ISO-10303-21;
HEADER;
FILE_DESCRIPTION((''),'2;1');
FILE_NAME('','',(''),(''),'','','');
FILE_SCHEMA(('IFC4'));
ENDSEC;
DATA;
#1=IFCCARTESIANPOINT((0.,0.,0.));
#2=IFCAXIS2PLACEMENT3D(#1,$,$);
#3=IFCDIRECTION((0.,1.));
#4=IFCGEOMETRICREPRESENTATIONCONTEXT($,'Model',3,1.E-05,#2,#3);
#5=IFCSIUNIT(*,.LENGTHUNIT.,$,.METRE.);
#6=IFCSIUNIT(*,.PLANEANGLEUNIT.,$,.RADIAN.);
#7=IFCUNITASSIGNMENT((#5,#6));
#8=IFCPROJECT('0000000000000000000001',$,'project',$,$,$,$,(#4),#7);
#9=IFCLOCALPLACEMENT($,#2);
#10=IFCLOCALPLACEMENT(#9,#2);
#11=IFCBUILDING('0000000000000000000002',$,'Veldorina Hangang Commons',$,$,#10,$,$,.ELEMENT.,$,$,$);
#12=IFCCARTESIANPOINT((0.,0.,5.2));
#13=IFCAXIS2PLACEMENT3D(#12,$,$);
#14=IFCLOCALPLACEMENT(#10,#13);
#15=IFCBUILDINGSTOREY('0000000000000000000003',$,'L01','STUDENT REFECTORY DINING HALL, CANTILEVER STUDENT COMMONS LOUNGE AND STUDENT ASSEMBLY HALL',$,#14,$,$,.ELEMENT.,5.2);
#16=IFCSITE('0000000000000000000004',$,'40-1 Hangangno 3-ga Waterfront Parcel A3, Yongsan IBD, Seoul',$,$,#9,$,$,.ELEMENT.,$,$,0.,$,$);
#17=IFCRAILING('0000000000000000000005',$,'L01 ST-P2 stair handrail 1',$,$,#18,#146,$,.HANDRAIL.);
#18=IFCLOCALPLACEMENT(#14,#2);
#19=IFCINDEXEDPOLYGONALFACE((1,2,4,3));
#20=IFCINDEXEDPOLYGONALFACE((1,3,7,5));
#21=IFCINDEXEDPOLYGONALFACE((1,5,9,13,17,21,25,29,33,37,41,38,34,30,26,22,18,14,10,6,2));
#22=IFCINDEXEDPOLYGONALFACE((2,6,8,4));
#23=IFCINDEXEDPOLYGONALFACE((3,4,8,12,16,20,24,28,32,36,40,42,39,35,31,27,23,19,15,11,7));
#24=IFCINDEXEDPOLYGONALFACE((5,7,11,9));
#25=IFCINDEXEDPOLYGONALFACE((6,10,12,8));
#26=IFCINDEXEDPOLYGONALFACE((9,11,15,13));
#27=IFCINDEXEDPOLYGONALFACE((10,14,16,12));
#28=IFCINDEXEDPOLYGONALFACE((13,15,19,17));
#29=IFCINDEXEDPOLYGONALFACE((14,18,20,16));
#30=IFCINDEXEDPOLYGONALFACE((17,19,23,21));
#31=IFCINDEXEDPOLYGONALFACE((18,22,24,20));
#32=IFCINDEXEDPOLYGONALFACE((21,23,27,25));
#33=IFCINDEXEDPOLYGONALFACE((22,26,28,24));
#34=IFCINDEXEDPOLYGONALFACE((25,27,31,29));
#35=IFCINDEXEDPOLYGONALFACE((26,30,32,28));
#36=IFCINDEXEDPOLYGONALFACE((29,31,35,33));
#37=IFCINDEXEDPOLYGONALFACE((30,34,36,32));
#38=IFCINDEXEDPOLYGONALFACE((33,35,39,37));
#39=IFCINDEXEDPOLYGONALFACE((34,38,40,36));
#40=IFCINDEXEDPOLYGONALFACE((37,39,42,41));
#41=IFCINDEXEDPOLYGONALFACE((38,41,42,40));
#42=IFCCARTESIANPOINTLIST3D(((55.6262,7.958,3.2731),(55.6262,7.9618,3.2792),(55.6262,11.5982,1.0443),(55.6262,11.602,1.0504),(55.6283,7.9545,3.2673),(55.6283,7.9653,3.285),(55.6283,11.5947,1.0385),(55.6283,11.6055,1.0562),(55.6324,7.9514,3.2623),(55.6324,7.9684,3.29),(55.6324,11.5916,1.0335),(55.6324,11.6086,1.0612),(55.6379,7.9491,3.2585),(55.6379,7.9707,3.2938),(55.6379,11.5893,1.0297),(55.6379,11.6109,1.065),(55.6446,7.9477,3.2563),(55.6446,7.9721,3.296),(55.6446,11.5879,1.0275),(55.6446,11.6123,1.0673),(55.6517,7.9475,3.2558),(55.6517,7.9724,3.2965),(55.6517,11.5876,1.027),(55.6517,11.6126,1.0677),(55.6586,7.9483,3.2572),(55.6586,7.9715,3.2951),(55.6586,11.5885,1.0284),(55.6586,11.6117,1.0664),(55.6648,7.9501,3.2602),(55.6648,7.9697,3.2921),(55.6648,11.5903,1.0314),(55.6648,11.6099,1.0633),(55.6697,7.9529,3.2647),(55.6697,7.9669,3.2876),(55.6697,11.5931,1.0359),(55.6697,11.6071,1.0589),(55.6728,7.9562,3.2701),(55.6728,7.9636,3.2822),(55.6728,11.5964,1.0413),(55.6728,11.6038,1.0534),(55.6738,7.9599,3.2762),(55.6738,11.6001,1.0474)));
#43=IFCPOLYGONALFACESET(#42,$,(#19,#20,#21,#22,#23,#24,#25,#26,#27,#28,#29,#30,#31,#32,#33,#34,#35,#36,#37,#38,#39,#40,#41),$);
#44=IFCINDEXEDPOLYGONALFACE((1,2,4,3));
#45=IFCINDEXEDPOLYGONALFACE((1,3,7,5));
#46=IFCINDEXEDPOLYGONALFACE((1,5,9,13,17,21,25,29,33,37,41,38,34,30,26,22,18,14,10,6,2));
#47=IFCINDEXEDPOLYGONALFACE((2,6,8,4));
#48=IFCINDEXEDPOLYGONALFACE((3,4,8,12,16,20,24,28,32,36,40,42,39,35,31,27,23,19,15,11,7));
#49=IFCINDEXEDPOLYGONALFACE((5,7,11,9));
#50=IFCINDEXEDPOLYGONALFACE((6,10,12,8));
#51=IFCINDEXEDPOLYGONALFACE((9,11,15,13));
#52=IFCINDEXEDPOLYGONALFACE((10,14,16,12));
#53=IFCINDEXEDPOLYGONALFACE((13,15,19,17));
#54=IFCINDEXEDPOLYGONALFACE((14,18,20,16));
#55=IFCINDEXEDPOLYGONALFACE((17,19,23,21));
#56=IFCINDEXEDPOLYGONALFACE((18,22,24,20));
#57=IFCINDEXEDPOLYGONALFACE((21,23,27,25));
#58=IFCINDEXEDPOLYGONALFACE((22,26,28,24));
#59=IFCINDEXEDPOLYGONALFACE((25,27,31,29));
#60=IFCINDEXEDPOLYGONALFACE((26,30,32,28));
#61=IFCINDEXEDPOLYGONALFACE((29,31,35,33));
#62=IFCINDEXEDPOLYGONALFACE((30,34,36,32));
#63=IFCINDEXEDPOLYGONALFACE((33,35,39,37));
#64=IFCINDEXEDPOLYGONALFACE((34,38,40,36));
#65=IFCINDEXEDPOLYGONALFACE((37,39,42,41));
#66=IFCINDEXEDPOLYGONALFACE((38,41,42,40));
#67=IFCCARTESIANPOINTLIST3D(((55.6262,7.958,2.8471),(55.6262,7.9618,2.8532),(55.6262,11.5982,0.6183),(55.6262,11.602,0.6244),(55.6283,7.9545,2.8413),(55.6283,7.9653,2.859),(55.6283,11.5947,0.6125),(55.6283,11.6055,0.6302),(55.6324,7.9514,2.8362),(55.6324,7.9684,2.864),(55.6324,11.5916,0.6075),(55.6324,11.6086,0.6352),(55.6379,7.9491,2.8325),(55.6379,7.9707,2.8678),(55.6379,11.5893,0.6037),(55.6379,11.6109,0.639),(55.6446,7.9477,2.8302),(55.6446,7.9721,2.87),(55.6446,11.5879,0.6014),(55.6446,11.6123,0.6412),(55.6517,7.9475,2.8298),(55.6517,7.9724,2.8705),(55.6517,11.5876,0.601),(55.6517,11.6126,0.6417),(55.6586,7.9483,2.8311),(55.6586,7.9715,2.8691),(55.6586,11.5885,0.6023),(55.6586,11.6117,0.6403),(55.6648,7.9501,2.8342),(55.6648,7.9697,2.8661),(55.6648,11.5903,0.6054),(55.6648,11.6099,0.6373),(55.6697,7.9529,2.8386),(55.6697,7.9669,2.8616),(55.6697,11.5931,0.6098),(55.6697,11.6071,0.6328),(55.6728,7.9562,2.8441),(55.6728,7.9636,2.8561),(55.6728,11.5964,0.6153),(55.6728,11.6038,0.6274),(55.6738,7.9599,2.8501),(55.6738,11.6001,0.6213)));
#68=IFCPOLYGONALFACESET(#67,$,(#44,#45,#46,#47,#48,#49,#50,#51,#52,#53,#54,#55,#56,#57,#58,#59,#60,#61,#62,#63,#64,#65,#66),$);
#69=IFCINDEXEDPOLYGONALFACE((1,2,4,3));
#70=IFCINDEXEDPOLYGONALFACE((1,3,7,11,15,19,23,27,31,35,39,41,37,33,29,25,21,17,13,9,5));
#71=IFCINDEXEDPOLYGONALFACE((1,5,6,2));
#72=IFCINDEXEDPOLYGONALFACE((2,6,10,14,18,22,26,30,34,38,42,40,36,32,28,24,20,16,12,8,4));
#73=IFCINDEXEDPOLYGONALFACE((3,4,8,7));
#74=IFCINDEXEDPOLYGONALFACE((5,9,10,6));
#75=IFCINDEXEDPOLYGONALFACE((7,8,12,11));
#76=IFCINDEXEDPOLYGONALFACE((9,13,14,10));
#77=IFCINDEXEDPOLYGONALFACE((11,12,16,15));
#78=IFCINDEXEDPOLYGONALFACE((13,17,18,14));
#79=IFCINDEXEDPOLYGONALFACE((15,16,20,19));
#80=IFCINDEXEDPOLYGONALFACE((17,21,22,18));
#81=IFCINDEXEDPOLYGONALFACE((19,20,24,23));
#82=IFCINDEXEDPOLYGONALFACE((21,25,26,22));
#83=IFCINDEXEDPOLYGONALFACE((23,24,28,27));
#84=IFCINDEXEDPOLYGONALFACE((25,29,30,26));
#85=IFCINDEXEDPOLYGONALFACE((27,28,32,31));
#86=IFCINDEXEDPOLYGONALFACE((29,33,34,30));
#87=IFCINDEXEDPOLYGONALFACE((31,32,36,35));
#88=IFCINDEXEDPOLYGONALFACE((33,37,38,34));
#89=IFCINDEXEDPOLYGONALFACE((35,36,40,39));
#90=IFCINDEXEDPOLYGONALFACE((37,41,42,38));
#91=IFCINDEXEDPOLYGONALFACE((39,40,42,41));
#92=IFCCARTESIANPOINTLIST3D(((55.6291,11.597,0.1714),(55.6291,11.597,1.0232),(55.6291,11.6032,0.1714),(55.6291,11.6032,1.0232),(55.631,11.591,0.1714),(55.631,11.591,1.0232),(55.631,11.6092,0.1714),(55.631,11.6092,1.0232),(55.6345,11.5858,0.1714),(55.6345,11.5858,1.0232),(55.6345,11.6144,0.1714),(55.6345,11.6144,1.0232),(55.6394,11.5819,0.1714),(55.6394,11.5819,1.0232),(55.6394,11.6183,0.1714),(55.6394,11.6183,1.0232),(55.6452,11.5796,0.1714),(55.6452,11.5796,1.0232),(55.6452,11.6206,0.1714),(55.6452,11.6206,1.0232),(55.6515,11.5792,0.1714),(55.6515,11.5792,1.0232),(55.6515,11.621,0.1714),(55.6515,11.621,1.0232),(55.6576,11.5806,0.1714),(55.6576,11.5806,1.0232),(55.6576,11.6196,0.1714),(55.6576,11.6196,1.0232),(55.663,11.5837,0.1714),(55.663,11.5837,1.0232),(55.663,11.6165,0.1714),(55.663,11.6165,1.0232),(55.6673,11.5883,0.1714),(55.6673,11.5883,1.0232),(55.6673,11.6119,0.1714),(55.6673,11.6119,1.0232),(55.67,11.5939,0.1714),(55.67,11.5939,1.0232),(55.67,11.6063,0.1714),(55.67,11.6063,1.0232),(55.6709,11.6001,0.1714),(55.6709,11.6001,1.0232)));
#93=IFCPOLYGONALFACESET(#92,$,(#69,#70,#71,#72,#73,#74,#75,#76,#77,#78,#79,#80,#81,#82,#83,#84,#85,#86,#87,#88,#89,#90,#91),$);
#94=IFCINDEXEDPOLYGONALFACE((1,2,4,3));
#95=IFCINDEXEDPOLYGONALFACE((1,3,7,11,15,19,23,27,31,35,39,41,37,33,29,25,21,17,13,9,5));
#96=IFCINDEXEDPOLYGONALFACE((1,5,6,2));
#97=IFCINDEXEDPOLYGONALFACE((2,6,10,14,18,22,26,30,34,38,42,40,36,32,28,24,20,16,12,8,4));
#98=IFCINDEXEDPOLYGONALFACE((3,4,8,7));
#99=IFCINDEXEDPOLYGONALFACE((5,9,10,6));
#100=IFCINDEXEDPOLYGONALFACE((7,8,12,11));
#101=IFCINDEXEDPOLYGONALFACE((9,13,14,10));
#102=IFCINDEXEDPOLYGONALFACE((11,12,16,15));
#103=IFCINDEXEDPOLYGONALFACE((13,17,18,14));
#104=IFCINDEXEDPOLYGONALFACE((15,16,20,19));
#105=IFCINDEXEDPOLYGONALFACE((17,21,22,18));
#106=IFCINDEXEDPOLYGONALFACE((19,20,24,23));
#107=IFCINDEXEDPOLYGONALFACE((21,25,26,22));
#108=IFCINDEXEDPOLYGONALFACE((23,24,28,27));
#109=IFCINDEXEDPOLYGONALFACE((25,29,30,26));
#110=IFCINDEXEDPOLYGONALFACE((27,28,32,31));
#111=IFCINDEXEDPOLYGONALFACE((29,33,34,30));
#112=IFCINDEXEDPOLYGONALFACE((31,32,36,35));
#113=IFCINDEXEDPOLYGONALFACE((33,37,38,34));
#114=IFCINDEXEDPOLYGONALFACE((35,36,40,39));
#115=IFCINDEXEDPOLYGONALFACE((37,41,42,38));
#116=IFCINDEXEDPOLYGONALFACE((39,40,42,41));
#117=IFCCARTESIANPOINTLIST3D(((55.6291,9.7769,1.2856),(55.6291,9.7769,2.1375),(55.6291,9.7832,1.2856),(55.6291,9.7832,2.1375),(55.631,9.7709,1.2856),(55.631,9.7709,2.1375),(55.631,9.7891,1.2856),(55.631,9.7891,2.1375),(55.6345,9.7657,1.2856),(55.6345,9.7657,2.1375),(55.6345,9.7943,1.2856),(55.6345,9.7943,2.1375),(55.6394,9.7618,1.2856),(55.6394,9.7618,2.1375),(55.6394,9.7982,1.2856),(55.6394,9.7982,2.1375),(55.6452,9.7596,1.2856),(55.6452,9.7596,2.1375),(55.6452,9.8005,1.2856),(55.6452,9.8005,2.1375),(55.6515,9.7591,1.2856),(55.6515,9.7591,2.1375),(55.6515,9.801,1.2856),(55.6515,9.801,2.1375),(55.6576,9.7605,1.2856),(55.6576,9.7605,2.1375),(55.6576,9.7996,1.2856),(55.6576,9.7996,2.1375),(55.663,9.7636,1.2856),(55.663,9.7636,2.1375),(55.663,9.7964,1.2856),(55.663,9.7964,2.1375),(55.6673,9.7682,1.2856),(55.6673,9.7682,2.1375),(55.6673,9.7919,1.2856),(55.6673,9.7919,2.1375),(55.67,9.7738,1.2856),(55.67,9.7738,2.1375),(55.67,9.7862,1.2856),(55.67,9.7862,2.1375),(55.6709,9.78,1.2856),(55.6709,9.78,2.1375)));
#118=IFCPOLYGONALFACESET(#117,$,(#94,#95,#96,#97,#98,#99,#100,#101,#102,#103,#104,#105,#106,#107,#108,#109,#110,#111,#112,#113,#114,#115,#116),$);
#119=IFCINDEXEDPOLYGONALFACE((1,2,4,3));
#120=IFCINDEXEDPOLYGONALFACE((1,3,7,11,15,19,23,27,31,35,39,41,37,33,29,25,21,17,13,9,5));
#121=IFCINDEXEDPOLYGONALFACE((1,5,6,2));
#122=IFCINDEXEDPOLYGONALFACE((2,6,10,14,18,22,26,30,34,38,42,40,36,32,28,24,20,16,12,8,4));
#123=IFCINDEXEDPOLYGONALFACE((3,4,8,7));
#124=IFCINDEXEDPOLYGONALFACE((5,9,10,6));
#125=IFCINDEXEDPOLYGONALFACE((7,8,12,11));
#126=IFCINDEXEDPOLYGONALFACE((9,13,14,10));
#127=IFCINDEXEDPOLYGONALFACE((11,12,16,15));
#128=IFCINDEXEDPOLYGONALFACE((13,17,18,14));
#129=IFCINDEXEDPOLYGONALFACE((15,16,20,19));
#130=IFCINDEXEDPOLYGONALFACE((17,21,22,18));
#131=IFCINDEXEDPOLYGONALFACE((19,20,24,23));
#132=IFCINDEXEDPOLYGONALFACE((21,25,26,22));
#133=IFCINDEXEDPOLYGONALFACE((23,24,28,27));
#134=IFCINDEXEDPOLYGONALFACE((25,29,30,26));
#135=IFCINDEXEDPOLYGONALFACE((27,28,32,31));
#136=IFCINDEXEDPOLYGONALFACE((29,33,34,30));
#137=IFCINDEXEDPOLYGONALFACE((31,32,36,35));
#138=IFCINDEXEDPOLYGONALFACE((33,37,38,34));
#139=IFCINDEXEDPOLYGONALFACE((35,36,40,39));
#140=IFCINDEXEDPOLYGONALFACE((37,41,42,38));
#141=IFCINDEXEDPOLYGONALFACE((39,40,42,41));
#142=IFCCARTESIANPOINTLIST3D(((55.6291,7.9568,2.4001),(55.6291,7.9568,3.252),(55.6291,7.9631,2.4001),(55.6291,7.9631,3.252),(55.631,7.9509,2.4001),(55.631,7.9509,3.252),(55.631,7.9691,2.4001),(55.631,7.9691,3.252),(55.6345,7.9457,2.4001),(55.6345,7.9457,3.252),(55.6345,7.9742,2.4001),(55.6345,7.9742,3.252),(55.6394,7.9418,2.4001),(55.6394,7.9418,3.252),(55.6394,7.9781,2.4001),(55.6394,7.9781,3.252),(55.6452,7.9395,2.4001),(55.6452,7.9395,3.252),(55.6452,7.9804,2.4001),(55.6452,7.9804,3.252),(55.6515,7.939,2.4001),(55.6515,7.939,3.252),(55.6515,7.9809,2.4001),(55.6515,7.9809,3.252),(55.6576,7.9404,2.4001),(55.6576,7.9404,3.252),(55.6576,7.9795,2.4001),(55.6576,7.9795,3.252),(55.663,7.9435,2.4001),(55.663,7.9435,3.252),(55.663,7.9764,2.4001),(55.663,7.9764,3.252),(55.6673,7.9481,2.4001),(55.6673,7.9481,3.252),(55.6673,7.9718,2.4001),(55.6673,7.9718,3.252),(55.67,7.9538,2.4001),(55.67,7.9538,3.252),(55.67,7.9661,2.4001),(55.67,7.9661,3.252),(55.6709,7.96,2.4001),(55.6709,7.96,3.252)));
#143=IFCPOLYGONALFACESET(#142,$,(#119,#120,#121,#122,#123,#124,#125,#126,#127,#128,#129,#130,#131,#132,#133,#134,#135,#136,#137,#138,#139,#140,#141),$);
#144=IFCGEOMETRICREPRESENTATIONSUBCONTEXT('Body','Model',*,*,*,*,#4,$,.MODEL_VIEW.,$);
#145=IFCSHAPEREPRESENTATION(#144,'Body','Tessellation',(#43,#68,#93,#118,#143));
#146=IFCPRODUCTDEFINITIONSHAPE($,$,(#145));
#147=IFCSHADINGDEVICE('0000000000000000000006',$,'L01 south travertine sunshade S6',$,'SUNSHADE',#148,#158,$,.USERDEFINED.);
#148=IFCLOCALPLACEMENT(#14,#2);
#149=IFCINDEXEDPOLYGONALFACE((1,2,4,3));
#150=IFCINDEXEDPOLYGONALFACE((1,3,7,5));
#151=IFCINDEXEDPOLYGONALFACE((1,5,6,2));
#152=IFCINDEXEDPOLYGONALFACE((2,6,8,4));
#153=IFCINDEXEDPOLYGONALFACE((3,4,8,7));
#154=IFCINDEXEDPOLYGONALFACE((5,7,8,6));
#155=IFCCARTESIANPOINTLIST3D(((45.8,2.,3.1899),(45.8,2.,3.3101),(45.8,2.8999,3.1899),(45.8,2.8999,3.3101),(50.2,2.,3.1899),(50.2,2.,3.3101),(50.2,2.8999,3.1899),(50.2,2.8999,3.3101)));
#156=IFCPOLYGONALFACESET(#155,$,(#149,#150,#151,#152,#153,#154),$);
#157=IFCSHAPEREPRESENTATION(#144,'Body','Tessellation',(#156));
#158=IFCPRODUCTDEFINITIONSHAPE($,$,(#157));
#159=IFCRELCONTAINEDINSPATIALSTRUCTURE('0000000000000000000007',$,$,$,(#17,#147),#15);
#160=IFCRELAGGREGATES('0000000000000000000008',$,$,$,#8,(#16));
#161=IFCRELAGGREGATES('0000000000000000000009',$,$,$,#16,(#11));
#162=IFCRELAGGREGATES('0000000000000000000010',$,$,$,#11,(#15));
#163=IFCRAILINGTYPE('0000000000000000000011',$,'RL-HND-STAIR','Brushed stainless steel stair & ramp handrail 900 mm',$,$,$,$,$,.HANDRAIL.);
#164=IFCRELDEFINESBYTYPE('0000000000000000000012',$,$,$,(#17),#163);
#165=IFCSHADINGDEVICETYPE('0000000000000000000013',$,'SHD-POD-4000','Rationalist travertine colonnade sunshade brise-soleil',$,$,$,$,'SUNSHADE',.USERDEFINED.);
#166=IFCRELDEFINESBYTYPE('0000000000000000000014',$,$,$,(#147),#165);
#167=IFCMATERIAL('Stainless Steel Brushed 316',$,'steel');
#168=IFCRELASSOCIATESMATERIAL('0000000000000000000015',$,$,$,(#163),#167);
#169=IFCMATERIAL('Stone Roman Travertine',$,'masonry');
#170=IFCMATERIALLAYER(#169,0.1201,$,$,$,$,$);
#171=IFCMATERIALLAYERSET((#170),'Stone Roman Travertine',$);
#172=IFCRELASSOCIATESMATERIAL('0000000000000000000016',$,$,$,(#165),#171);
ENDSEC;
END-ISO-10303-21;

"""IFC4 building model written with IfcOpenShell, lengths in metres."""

from ifc_helpers import new_model, si_unit, direction, frame, origin, origin_2d, place, context, subcontext, project, spatial, rectangle, circle, extrude, material, layer, layer_set, type_object, element, save


model = new_model("IFC4")

# Units and contexts
model_context = context("Model", 3, precision=1e-05, world=origin(), true_north=direction((0.0, 1.0)))
body_context = subcontext(model_context, "Body", "Model", "MODEL_VIEW")
ifc_project = project(units=[si_unit("LENGTHUNIT", "METRE"), si_unit("PLANEANGLEUNIT", "RADIAN")], contexts=[model_context])

# Site, building, storey
site_placement = place(None, origin())
site = spatial("IfcSite", under=ifc_project, at=site_placement, Name="40-1 Hangangno 3-ga Waterfront Parcel A3, Yongsan IBD, Seoul", CompositionType="ELEMENT", RefElevation=0.0)
building_placement = place(site_placement, origin())
building = spatial("IfcBuilding", under=site, at=building_placement, Name="Veldorina Hangang Commons", CompositionType="ELEMENT")
storey_placement = place(building_placement, frame((0.0, 0.0, 5.2)))
storey = spatial("IfcBuildingStorey", under=building, at=storey_placement, Name="L01", Description="STUDENT REFECTORY DINING HALL, CANTILEVER STUDENT COMMONS LOUNGE AND STUDENT ASSEMBLY HALL", CompositionType="ELEMENT", Elevation=5.2)

# Shared definitions
ifc_material_1 = material(Name="Stone Roman Travertine", Category="masonry")

# Railing
ifc_material_2 = material(Name="Stainless Steel Brushed 316", Category="steel")
railing_type = type_object("IfcRailingType", Name="RL-HND-STAIR", Description="Brushed stainless steel stair & ramp handrail 900 mm", PredefinedType="HANDRAIL", material=ifc_material_2)
railing_placement = place(storey_placement, frame((55.6499, 11.6001, 0.1714)))
element("IfcRailing", 1, at=railing_placement, inside=storey, type_object=railing_type, Name="L01 ST-P2 stair handrail 1", PredefinedType="HANDRAIL", context=body_context, shape_type="SweptSolid", body=[
    extrude(circle(Radius=0.0239, at=origin_2d()), frame((0.0, 0.0, 0.876), z_axis=(0.0, -0.85284, 0.522172), x_axis=(1.0, 0.0, 0.0)), (0.0, 0.0, 1.0), 4.2683),
    extrude(circle(Radius=0.0239, at=origin_2d()), frame((0.0, 0.0, 0.45), z_axis=(0.0, -0.85284, 0.522172), x_axis=(1.0, 0.0, 0.0)), (0.0, 0.0, 1.0), 4.2683),
    extrude(circle(Radius=0.021, at=origin_2d()), origin(), (0.0, 0.0, 1.0), 0.8518),
    extrude(circle(Radius=0.021, at=origin_2d()), frame((0.0, -1.8201, 1.1143)), (0.0, 0.0, 1.0), 0.8518),
    extrude(circle(Radius=0.021, at=origin_2d()), frame((0.0, -3.6401, 2.2288)), (0.0, 0.0, 1.0), 0.8518),
])

# Shading device
ifc_layer_1 = layer(ifc_material_1, 0.1201)
ifc_layer_set_1 = layer_set([ifc_layer_1], Name="Stone Roman Travertine")
shading_device_type = type_object("IfcShadingDeviceType", Name="SHD-POD-4000", Description="Rationalist travertine colonnade sunshade brise-soleil", ElementType="SUNSHADE", PredefinedType="USERDEFINED", material=ifc_layer_set_1)
shading_device_placement = place(storey_placement, frame((48.0, 2.45, 3.1899), z_axis=(0.0, 0.0, 1.0), x_axis=(1.0, 0.0, 0.0)))
element("IfcShadingDevice", 2, at=shading_device_placement, inside=storey, type_object=shading_device_type, Name="L01 south travertine sunshade S6", ObjectType="SUNSHADE", PredefinedType="USERDEFINED", context=body_context, shape_type="SweptSolid", body=[
    extrude(rectangle(XDim=4.3999, YDim=0.8999, at=origin_2d()), origin(), (0.0, 0.0, 1.0), 0.1201),
])

save(model, "model.ifc")
